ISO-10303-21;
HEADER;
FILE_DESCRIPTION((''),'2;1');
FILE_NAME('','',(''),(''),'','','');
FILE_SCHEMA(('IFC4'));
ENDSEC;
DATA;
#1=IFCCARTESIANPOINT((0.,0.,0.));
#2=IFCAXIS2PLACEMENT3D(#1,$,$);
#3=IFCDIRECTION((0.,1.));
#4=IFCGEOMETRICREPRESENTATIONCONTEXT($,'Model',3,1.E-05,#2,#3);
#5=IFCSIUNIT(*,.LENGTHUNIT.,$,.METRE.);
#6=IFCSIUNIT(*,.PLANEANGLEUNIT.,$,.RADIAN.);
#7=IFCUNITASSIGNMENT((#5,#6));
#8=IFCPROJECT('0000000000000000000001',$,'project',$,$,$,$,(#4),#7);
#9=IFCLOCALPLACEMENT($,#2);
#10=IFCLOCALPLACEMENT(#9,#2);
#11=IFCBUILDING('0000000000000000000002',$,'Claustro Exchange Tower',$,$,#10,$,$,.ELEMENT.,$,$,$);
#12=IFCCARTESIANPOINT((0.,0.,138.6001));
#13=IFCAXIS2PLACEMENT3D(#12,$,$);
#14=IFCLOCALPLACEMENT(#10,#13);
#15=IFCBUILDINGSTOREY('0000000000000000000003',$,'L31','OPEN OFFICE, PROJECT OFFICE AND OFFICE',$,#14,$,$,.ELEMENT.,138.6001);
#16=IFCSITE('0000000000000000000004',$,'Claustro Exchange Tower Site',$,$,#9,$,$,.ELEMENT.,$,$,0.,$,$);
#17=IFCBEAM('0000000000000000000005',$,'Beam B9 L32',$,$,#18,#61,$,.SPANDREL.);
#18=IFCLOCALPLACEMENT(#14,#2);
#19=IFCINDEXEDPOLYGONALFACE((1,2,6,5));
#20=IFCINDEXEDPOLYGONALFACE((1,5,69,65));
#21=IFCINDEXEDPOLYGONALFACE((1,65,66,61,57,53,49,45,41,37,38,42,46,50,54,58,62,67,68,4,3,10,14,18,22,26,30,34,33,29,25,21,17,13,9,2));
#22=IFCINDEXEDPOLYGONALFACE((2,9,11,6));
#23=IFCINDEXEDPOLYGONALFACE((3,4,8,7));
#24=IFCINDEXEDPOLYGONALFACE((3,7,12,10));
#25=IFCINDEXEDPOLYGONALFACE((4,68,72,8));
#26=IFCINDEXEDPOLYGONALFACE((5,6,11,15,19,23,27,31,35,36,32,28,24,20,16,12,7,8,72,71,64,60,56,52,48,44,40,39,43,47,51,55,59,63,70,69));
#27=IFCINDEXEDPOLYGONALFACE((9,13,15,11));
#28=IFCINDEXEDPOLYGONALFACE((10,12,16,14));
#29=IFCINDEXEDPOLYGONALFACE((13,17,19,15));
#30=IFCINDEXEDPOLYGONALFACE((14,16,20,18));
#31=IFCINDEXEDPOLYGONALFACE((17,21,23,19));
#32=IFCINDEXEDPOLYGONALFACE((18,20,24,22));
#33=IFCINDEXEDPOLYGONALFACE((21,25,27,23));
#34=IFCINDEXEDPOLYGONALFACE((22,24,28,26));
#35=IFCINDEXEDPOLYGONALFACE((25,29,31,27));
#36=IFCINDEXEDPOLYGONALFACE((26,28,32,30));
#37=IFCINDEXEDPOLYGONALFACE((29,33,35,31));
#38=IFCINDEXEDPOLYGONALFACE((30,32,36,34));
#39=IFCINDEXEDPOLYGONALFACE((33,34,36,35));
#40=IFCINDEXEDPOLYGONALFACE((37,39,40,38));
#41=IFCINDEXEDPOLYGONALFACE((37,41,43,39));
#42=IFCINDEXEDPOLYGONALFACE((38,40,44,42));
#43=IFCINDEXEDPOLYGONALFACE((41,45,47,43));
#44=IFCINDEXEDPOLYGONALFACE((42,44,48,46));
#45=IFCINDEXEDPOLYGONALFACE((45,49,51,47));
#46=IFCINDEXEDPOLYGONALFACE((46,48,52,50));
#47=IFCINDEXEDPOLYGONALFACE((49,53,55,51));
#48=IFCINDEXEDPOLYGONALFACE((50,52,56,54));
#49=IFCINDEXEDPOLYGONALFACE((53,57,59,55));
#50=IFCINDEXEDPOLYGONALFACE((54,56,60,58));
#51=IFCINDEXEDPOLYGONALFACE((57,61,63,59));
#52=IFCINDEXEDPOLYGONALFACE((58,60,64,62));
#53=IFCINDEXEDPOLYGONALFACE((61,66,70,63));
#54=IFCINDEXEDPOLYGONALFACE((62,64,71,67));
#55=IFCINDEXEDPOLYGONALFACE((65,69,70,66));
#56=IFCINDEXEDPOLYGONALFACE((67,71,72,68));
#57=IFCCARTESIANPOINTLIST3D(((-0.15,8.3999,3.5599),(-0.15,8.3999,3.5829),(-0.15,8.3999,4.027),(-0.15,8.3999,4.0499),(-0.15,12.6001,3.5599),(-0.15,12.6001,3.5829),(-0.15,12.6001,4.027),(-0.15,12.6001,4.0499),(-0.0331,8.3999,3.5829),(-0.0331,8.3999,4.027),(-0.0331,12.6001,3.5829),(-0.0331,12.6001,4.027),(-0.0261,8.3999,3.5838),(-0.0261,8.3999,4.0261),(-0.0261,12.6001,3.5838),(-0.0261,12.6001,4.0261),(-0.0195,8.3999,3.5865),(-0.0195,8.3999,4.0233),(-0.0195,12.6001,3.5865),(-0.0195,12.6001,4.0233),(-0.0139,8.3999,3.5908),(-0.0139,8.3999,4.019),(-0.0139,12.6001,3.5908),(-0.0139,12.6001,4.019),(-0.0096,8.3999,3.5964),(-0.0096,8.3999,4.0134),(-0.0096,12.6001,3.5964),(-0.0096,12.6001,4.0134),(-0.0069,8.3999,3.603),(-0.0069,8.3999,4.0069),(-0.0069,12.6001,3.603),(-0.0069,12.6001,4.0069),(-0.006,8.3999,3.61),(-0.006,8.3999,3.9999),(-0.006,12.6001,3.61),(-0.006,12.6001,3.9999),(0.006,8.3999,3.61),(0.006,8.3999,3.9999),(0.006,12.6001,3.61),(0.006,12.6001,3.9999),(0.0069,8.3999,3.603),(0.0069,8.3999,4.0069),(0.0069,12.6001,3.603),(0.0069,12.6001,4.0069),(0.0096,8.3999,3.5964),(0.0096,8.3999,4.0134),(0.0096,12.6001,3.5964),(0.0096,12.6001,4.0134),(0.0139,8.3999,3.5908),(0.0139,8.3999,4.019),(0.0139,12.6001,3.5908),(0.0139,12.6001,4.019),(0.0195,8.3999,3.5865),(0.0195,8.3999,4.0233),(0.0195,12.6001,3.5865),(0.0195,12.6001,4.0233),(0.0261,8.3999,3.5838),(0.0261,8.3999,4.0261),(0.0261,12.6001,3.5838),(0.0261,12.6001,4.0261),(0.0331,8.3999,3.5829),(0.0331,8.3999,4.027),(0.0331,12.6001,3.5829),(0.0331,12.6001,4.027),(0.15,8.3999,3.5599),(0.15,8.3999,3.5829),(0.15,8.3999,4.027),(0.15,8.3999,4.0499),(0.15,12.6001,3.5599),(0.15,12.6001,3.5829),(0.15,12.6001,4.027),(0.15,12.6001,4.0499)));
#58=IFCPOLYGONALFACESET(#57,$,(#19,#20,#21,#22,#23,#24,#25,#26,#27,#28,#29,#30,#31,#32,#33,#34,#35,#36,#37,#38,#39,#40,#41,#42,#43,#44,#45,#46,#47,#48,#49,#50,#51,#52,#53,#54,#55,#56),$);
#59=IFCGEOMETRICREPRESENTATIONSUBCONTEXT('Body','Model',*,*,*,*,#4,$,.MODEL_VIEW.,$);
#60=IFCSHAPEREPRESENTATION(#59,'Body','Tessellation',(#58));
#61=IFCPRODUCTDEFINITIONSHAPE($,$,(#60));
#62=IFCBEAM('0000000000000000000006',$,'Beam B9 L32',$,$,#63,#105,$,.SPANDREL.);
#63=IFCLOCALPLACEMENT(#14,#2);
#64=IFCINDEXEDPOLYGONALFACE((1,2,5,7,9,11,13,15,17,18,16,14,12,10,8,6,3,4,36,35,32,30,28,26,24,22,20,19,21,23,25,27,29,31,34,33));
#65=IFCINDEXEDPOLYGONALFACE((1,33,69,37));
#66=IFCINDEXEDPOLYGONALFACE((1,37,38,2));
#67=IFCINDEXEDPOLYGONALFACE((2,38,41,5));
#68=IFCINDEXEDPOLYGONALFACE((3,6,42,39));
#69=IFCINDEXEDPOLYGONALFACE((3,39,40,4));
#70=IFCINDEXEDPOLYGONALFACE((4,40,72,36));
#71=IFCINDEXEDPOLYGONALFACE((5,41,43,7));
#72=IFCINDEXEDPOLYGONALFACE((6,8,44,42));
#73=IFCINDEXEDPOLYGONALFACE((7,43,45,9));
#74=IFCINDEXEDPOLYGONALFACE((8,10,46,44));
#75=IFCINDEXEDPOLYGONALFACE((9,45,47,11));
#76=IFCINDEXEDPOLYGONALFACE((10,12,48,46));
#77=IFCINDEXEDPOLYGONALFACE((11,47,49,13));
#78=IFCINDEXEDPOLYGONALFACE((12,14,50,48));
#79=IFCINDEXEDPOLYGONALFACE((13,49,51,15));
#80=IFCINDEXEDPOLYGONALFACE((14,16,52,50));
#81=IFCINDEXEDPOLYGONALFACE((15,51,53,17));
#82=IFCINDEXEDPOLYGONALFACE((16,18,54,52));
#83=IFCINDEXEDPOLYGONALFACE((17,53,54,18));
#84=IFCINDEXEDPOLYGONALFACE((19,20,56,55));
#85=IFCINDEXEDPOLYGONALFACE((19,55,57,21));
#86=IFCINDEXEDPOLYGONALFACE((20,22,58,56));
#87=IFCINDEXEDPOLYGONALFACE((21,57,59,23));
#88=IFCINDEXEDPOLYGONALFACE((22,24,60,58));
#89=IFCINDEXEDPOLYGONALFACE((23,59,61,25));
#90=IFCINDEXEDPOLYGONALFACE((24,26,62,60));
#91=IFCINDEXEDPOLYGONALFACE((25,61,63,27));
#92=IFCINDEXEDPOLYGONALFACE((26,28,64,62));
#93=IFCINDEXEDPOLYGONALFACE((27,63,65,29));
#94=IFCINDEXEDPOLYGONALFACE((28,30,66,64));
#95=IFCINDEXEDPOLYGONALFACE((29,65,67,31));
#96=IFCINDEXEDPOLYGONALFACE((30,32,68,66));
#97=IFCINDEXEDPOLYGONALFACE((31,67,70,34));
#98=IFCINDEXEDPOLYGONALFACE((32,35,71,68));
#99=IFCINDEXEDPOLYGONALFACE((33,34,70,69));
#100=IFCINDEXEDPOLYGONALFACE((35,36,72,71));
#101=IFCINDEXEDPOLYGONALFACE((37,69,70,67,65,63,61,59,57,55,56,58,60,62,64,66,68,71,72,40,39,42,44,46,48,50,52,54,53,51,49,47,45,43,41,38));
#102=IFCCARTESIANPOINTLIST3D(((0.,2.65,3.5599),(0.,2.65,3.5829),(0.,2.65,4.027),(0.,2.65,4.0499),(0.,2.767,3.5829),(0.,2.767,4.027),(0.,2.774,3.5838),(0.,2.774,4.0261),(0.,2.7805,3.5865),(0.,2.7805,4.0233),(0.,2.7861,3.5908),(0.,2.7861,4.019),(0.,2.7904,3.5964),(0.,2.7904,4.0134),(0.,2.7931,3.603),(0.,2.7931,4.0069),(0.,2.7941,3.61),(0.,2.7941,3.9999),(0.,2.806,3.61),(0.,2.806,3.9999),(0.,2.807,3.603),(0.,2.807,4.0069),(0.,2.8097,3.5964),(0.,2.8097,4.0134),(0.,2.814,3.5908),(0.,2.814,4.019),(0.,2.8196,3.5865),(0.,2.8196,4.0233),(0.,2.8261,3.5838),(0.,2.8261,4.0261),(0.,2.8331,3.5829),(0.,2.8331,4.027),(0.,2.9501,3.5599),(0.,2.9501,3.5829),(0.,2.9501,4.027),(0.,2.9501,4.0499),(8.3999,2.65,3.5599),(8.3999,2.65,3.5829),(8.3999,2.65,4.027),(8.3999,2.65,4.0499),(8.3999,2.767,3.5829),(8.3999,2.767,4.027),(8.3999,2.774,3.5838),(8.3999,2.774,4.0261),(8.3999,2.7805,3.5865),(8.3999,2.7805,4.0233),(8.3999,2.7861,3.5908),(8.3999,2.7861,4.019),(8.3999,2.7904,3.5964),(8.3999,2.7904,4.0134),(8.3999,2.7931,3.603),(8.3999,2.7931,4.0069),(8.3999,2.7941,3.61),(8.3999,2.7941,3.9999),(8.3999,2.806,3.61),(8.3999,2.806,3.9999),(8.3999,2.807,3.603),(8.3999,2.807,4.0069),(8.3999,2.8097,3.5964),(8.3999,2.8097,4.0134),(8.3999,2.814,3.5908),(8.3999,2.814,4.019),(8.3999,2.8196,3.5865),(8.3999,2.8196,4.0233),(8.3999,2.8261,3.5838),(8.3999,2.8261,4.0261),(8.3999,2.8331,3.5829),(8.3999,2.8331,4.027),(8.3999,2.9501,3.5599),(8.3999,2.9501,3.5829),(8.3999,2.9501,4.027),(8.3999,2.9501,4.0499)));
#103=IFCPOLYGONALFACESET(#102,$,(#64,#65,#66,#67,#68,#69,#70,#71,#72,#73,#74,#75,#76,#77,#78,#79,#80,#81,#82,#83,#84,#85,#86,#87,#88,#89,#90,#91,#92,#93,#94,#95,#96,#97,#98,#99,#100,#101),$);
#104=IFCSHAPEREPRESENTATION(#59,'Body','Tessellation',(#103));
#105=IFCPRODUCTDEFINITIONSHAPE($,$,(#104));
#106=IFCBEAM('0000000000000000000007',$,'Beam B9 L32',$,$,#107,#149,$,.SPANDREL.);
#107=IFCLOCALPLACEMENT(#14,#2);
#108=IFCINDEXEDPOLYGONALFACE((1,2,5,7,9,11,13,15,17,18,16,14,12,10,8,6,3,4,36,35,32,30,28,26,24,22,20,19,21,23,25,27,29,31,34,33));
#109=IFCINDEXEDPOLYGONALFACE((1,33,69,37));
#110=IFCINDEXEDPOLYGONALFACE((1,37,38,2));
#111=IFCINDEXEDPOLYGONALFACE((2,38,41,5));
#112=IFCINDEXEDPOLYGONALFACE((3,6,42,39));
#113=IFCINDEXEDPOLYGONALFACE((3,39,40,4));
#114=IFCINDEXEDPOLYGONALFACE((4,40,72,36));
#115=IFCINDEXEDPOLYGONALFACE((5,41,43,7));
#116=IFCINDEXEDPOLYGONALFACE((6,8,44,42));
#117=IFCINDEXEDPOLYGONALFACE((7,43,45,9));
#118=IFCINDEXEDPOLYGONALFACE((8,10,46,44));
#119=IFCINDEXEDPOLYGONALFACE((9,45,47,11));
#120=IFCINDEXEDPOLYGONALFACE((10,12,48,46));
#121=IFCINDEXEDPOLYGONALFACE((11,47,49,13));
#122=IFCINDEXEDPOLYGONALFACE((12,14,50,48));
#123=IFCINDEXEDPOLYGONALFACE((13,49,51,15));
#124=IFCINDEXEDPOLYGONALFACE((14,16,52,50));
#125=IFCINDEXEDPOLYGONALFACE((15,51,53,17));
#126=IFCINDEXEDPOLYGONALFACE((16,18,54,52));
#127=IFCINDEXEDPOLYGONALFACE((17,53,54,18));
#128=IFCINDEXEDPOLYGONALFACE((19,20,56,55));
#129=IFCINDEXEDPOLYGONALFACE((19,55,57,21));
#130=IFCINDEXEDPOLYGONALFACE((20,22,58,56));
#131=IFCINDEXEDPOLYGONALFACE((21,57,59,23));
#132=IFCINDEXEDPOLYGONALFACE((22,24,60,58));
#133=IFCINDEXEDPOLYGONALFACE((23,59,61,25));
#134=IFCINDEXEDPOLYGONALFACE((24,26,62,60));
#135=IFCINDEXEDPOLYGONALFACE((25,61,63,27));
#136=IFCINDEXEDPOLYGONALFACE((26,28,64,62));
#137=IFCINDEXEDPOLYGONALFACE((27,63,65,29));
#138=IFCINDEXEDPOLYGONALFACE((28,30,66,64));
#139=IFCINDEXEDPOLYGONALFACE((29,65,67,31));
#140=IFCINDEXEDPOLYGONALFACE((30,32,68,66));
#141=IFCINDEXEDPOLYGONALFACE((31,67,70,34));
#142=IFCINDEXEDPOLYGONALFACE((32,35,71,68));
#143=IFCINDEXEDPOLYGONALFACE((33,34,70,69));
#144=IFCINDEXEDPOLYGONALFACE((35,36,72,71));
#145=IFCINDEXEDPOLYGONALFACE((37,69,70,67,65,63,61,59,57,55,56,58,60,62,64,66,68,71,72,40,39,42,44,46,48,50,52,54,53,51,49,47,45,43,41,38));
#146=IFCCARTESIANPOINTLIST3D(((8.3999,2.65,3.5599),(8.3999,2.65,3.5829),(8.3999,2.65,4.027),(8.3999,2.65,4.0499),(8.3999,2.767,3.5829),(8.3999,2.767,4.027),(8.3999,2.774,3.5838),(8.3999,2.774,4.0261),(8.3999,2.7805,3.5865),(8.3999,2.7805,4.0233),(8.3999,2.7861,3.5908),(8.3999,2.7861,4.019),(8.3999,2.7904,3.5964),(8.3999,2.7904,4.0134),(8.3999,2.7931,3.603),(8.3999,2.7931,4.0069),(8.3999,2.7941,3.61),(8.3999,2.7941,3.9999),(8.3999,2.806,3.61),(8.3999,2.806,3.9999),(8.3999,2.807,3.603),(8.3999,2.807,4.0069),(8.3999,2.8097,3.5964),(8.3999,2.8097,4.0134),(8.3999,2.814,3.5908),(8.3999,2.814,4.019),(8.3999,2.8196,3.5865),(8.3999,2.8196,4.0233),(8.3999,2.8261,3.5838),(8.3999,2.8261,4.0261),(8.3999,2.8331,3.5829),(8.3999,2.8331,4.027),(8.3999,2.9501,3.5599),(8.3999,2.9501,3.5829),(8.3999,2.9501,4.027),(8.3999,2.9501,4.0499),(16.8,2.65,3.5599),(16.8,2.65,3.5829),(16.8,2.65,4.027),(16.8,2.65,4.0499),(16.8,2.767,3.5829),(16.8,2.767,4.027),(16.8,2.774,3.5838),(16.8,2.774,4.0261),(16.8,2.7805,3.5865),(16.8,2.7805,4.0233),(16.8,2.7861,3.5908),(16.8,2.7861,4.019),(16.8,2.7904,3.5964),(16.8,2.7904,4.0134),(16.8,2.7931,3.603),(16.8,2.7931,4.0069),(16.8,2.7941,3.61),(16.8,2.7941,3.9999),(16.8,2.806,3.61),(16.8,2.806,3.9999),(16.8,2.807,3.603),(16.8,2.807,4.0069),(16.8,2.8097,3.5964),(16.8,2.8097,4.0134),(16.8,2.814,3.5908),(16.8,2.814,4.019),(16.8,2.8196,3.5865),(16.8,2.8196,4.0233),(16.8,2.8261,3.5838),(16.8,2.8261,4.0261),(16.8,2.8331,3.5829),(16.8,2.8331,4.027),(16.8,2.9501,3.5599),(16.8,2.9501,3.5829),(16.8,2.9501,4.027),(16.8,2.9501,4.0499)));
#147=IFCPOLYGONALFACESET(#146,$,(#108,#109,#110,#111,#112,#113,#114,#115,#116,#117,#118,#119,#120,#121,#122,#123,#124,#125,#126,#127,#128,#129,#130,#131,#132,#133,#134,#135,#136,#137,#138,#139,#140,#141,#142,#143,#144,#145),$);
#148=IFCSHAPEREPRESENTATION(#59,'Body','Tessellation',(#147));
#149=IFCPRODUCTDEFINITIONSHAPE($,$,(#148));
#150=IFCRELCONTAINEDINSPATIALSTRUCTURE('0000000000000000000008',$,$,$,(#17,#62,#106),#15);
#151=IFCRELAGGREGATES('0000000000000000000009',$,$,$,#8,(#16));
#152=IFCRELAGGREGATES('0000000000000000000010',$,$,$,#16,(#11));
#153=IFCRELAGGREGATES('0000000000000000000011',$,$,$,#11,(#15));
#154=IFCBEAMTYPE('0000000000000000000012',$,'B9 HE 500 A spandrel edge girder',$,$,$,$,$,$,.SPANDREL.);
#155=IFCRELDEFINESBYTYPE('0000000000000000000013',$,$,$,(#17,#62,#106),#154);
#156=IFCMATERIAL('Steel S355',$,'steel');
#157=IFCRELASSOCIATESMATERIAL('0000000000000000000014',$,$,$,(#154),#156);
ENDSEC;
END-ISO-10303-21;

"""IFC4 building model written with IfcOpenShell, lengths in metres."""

from ifc_helpers import new_model, si_unit, direction, frame, origin, origin_2d, place, context, subcontext, project, spatial, i_section, extrude, material, material_profile, profile_set, type_object, element, save


model = new_model("IFC4")

# Units and contexts
model_context = context("Model", 3, precision=1e-05, world=origin(), true_north=direction((0.0, 1.0)))
body_context = subcontext(model_context, "Body", "Model", "MODEL_VIEW")
ifc_project = project(units=[si_unit("LENGTHUNIT", "METRE"), si_unit("PLANEANGLEUNIT", "RADIAN")], contexts=[model_context])

# Site, building, storey
site_placement = place(None, origin())
site = spatial("IfcSite", under=ifc_project, at=site_placement, Name="Claustro Exchange Tower Site", CompositionType="ELEMENT", RefElevation=0.0)
building_placement = place(site_placement, origin())
building = spatial("IfcBuilding", under=site, at=building_placement, Name="Claustro Exchange Tower", CompositionType="ELEMENT")
storey_placement = place(building_placement, frame((0.0, 0.0, 138.6001)))
storey = spatial("IfcBuildingStorey", under=building, at=storey_placement, Name="L31", Description="OPEN OFFICE, PROJECT OFFICE AND OFFICE", CompositionType="ELEMENT", Elevation=138.6001)

# Beams
ifc_material_1 = material(Name="Steel S355", Category="steel")
ifc_material_profile_1 = material_profile(ifc_material_1, i_section(OverallWidth=0.3, OverallDepth=0.49, WebThickness=0.012, FlangeThickness=0.0229, FilletRadius=0.0271, at=origin_2d()), Name="HE 500 A")
ifc_profile_set_1 = profile_set([ifc_material_profile_1], Name="Steel S355")
beam_type_1 = type_object("IfcBeamType", Name="B9 HE 500 A spandrel edge girder", PredefinedType="SPANDREL", material=ifc_profile_set_1)
beam_1_placement = place(storey_placement, frame((0.0, 8.3999, 3.8049), z_axis=(0.0, 1.0, 0.0), x_axis=(-1.0, 0.0, 0.0)))
element("IfcBeam", 1, at=beam_1_placement, inside=storey, type_object=beam_type_1, Name="Beam B9 L32", PredefinedType="SPANDREL", context=body_context, shape_type="SweptSolid", body=[
    extrude(i_section(OverallWidth=0.3, OverallDepth=0.49, WebThickness=0.012, FlangeThickness=0.0229, FilletRadius=0.0271, at=origin_2d()), origin(), (0.0, 0.0, 1.0), 4.2002),
])
beam_2_placement = place(storey_placement, frame((0.0, 2.8, 3.8049), z_axis=(1.0, 0.0, 0.0), x_axis=(0.0, 1.0, 0.0)))
element("IfcBeam", 2, at=beam_2_placement, inside=storey, type_object=beam_type_1, Name="Beam B9 L32", PredefinedType="SPANDREL", context=body_context, shape_type="SweptSolid", body=[
    extrude(i_section(OverallWidth=0.3, OverallDepth=0.49, WebThickness=0.012, FlangeThickness=0.0229, FilletRadius=0.0271, at=origin_2d()), origin(), (0.0, 0.0, 1.0), 8.3999),
])
beam_3_placement = place(storey_placement, frame((8.3999, 2.8, 3.8049), z_axis=(1.0, 0.0, 0.0), x_axis=(0.0, 1.0, 0.0)))
element("IfcBeam", 3, at=beam_3_placement, inside=storey, type_object=beam_type_1, Name="Beam B9 L32", PredefinedType="SPANDREL", context=body_context, shape_type="SweptSolid", body=[
    extrude(i_section(OverallWidth=0.3, OverallDepth=0.49, WebThickness=0.012, FlangeThickness=0.0229, FilletRadius=0.0271, at=origin_2d()), origin(), (0.0, 0.0, 1.0), 8.4001),
])

save(model, "model.ifc")
